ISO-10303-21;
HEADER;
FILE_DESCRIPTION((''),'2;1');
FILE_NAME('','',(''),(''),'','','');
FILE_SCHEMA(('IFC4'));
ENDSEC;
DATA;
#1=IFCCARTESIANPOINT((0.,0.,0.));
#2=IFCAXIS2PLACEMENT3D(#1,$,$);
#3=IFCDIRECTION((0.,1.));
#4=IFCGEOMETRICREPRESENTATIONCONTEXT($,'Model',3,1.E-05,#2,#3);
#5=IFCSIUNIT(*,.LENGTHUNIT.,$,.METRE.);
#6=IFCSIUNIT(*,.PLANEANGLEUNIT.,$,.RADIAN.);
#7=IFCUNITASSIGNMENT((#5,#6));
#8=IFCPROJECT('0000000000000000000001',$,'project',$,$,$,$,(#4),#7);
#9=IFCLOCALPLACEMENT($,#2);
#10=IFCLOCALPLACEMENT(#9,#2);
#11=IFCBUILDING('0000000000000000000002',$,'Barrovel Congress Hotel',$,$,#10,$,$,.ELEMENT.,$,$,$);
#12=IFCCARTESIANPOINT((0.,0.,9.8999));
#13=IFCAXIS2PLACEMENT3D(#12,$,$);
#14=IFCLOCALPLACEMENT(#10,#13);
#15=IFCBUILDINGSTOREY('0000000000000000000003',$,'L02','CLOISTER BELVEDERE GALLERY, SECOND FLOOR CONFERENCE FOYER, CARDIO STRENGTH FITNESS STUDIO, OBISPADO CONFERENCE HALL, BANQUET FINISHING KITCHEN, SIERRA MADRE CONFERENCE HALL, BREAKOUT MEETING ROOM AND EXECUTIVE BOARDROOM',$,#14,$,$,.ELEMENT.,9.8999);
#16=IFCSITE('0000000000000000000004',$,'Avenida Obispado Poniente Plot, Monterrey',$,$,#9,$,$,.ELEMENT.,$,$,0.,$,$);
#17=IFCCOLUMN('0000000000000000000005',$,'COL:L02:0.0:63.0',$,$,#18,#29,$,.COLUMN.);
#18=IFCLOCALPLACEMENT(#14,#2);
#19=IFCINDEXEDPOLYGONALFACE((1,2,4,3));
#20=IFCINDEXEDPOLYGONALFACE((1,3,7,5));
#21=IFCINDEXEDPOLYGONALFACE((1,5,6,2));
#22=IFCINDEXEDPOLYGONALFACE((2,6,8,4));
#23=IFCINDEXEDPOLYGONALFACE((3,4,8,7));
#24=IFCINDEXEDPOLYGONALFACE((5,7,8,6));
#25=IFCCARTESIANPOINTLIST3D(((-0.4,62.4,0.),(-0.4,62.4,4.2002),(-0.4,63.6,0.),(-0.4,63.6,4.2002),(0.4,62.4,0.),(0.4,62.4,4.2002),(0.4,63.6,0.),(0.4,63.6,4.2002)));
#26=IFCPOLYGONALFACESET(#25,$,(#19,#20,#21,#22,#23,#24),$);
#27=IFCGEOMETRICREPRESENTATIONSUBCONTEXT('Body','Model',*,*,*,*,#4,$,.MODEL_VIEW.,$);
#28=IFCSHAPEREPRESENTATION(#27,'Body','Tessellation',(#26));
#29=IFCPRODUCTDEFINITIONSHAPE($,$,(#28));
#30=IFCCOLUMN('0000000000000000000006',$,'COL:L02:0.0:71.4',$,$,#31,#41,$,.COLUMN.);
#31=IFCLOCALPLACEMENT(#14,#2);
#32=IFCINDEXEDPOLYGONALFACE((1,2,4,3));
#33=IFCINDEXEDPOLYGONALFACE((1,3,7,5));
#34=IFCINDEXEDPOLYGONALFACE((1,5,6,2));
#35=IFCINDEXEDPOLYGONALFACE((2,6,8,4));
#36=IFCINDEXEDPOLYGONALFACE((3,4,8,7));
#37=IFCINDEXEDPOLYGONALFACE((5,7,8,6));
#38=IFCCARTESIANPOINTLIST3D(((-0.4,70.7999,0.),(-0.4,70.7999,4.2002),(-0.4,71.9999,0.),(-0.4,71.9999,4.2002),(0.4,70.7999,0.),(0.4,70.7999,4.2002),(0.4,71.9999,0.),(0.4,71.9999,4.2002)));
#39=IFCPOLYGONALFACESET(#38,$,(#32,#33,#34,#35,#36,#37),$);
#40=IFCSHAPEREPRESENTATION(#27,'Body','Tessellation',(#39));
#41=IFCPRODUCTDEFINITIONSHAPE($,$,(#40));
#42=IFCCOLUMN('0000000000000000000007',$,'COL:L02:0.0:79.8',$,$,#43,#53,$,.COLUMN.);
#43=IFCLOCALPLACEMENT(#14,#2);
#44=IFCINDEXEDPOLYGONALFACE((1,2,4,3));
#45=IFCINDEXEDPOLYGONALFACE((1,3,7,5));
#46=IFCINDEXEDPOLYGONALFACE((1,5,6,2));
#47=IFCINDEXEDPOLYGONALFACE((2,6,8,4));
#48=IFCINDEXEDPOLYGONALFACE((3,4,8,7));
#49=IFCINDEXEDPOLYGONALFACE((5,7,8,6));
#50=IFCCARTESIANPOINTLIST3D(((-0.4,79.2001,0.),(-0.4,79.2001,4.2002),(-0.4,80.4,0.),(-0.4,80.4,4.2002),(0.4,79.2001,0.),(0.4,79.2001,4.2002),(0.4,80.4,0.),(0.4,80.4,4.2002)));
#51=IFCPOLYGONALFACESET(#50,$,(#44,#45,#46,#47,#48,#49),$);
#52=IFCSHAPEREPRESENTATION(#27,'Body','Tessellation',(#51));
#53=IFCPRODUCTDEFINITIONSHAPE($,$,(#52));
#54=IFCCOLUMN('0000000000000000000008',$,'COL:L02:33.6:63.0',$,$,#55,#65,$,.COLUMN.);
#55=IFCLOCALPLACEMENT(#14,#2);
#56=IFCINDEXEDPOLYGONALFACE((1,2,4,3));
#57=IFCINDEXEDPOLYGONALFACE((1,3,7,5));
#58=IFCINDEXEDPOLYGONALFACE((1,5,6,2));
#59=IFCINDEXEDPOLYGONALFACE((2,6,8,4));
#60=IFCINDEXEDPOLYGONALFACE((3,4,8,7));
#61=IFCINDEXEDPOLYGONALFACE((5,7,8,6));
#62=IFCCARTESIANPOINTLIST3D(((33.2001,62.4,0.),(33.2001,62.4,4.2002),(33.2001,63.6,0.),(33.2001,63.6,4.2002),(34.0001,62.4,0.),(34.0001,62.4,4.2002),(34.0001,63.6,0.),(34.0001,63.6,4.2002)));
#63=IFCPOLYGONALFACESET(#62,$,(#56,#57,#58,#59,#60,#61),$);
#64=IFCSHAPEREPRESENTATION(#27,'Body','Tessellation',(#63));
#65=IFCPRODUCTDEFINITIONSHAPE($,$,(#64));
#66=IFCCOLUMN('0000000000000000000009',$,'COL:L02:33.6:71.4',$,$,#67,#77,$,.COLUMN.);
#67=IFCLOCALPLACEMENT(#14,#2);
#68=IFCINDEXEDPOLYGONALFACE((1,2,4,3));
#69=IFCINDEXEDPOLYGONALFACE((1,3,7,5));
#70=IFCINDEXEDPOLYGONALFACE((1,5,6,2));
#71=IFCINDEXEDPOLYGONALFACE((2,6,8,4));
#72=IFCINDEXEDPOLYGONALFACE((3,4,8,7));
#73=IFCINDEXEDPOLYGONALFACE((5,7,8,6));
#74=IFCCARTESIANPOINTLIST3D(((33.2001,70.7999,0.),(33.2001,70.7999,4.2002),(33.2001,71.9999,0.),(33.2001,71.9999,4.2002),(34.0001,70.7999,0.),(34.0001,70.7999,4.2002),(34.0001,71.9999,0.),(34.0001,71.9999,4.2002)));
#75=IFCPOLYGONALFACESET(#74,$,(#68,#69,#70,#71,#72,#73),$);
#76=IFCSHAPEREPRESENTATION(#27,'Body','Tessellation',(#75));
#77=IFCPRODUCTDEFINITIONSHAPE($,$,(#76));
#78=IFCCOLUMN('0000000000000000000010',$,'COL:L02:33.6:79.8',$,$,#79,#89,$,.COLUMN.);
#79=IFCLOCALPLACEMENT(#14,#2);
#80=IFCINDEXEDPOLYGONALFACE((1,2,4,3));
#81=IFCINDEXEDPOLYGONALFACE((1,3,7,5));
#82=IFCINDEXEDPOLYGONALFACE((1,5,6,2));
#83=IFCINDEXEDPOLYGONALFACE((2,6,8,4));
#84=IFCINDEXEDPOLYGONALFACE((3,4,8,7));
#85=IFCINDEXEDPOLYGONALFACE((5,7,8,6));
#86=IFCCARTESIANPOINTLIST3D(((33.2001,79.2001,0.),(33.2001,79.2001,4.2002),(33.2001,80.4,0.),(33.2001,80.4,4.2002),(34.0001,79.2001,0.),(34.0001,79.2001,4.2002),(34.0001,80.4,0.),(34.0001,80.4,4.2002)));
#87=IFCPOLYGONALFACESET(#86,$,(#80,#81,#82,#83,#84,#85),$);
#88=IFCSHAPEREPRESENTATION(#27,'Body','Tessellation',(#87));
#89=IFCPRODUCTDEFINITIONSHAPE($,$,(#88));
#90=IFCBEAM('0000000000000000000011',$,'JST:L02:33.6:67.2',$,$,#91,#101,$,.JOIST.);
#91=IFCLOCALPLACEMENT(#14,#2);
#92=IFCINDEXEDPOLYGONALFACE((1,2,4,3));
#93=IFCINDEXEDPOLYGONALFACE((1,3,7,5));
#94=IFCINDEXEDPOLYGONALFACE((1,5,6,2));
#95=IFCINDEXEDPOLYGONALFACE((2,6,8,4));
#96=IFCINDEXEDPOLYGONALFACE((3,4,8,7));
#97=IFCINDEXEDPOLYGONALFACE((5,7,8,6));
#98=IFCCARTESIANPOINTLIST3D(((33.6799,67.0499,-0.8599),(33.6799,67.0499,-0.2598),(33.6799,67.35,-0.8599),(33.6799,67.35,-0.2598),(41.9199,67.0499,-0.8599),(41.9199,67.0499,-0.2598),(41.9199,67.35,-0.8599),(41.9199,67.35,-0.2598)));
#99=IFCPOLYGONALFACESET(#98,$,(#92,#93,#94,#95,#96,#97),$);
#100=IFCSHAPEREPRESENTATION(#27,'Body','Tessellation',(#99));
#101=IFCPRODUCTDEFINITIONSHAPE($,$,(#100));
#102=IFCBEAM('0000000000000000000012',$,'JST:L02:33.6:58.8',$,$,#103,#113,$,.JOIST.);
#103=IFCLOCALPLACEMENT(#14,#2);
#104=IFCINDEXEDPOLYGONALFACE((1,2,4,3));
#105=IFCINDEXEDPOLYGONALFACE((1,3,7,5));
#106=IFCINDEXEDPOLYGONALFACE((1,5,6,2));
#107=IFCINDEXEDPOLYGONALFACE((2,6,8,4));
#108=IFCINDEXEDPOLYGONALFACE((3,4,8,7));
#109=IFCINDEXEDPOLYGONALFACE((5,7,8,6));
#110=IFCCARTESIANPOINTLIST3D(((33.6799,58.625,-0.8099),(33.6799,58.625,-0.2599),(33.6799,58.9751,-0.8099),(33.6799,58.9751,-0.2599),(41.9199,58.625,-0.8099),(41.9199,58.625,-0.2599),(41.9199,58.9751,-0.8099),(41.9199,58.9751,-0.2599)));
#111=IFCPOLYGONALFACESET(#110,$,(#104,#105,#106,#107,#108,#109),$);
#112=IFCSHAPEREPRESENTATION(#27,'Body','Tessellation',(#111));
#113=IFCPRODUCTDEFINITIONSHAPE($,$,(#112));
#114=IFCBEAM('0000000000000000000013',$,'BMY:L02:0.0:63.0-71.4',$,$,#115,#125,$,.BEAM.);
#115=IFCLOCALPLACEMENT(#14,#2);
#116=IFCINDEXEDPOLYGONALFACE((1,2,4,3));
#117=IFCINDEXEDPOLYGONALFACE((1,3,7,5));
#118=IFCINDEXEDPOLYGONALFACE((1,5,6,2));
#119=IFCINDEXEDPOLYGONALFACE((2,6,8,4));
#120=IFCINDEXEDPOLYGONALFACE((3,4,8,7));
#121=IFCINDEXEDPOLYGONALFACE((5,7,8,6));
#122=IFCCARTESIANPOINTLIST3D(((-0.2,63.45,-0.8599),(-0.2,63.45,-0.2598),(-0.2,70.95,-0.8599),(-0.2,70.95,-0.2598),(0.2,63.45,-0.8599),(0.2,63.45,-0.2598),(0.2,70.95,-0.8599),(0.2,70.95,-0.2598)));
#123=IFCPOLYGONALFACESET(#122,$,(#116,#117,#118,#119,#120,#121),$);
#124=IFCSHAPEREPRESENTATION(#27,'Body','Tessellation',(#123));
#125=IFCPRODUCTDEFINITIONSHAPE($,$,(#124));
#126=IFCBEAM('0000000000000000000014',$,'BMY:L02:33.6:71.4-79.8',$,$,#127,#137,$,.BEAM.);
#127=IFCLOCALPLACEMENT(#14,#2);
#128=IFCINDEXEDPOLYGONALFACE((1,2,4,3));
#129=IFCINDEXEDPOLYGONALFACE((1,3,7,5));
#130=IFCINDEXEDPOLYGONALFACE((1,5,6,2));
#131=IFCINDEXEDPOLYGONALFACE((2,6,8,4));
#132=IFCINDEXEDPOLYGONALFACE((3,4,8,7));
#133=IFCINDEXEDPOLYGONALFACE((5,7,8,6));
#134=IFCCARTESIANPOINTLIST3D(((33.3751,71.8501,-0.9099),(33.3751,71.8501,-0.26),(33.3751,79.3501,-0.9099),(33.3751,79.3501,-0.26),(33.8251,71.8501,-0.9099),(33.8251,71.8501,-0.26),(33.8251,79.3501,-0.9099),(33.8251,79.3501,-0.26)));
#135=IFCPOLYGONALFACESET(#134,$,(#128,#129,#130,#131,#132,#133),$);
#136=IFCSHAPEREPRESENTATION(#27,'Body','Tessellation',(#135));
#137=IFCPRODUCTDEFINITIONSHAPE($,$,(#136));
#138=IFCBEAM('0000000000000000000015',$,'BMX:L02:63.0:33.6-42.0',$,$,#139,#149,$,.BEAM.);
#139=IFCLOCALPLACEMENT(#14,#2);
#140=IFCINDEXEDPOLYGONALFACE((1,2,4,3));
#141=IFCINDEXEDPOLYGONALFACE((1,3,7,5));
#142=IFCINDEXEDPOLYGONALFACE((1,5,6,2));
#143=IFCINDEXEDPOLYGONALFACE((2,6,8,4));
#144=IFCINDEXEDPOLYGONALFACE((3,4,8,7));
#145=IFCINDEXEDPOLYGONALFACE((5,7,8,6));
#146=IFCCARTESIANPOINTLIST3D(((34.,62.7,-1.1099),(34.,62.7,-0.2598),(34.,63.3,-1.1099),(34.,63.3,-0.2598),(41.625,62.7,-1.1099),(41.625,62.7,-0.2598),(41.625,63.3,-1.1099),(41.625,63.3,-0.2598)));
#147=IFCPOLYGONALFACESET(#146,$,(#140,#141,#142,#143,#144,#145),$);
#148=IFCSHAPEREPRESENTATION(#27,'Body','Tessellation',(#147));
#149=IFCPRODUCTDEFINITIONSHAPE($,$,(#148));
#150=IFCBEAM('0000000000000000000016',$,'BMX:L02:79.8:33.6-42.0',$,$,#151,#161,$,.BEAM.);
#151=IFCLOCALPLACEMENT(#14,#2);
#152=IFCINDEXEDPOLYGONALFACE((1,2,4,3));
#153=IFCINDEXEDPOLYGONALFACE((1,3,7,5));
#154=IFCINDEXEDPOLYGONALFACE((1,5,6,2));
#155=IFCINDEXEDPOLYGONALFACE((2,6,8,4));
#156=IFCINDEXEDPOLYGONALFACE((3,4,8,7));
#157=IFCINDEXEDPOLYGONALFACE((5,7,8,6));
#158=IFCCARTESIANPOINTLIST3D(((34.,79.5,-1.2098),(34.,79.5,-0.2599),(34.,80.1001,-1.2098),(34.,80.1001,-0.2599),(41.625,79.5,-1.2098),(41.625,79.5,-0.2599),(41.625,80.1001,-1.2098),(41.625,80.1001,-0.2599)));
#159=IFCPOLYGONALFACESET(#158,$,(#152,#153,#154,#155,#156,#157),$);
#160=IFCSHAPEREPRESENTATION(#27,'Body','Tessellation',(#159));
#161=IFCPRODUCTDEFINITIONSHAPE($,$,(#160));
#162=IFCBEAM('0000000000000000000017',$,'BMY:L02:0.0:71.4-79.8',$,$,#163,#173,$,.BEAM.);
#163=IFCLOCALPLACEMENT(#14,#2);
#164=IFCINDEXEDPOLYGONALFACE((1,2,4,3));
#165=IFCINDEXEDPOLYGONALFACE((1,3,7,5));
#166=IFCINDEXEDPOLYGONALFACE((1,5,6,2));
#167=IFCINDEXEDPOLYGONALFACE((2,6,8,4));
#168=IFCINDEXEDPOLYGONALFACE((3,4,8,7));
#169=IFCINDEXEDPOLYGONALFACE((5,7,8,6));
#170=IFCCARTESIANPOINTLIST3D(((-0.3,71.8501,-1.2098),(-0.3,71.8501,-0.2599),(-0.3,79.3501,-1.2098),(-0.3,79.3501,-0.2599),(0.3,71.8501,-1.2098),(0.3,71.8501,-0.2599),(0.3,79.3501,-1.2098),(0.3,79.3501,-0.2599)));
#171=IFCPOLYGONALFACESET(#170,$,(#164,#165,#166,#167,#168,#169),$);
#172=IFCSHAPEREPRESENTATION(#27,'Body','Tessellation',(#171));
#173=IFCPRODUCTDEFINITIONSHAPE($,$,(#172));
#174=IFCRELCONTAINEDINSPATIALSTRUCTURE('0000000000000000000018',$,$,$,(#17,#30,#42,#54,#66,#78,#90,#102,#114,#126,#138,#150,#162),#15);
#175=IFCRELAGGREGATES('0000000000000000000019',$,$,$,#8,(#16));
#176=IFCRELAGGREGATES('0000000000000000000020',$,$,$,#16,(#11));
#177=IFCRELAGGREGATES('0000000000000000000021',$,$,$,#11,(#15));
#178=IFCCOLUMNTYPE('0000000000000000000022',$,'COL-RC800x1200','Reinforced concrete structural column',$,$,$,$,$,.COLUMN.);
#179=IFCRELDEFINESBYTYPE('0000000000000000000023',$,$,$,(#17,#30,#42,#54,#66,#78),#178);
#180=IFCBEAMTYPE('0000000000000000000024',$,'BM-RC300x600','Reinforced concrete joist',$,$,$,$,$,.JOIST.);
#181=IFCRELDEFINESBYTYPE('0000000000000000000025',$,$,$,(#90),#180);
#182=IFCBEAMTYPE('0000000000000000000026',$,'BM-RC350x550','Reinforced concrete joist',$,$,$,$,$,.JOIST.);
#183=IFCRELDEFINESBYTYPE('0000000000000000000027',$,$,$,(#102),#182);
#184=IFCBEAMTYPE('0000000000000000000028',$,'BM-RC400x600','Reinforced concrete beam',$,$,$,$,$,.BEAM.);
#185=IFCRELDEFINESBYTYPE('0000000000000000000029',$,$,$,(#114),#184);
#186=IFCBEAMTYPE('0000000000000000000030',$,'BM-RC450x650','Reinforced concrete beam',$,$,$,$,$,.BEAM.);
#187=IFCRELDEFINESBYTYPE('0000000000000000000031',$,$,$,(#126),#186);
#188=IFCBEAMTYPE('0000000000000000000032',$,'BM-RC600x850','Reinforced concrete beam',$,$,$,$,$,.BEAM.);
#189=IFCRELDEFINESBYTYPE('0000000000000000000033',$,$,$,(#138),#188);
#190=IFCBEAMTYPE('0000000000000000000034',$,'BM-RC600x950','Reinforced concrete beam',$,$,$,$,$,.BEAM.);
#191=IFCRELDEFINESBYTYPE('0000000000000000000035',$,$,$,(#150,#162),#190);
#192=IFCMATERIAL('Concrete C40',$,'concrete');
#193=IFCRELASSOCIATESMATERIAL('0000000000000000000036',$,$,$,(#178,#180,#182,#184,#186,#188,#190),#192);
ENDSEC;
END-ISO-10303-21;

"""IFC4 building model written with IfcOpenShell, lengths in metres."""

from ifc_helpers import new_model, si_unit, direction, frame, origin, origin_2d, place, context, subcontext, project, spatial, rectangle, extrude, material, material_profile, profile_set, type_object, element, save


model = new_model("IFC4")

# Units and contexts
model_context = context("Model", 3, precision=1e-05, world=origin(), true_north=direction((0.0, 1.0)))
body_context = subcontext(model_context, "Body", "Model", "MODEL_VIEW")
ifc_project = project(units=[si_unit("LENGTHUNIT", "METRE"), si_unit("PLANEANGLEUNIT", "RADIAN")], contexts=[model_context])

# Site, building, storey
site_placement = place(None, origin())
site = spatial("IfcSite", under=ifc_project, at=site_placement, Name="Avenida Obispado Poniente Plot, Monterrey", CompositionType="ELEMENT", RefElevation=0.0)
building_placement = place(site_placement, origin())
building = spatial("IfcBuilding", under=site, at=building_placement, Name="Barrovel Congress Hotel", CompositionType="ELEMENT")
storey_placement = place(building_placement, frame((0.0, 0.0, 9.8999)))
storey = spatial("IfcBuildingStorey", under=building, at=storey_placement, Name="L02", Description="CLOISTER BELVEDERE GALLERY, SECOND FLOOR CONFERENCE FOYER, CARDIO STRENGTH FITNESS STUDIO, OBISPADO CONFERENCE HALL, BANQUET FINISHING KITCHEN, SIERRA MADRE CONFERENCE HALL, BREAKOUT MEETING ROOM AND EXECUTIVE BOARDROOM", CompositionType="ELEMENT", Elevation=9.8999)

# Columns
ifc_material_1 = material(Name="Concrete C40", Category="concrete")
ifc_material_profile_1 = material_profile(ifc_material_1, rectangle(XDim=0.8, YDim=1.2, at=origin_2d()), Name="RC800x1200")
ifc_profile_set_1 = profile_set([ifc_material_profile_1], Name="Concrete C40")
column_type = type_object("IfcColumnType", Name="COL-RC800x1200", Description="Reinforced concrete structural column", PredefinedType="COLUMN", material=ifc_profile_set_1)
for number, where, z_axis, x_axis, name in (
    (1, (0.0, 63.0, 0.0), (0.0, 0.0, 1.0), (1.0, 0.0, 0.0), "COL:L02:0.0:63.0"),
    (2, (0.0, 71.3999, 0.0), (0.0, 0.0, 1.0), (1.0, 0.0, 0.0), "COL:L02:0.0:71.4"),
    (3, (0.0, 79.8, 0.0), (0.0, 0.0, 1.0), (1.0, 0.0, 0.0), "COL:L02:0.0:79.8"),
    (4, (33.6001, 63.0, 0.0), (0.0, 0.0, 1.0), (1.0, 0.0, 0.0), "COL:L02:33.6:63.0"),
    (5, (33.6001, 71.3999, 0.0), (0.0, 0.0, 1.0), (1.0, 0.0, 0.0), "COL:L02:33.6:71.4"),
    (6, (33.6001, 79.8, 0.0), (0.0, 0.0, 1.0), (1.0, 0.0, 0.0), "COL:L02:33.6:79.8"),
):
    element("IfcColumn", number, at=place(storey_placement, frame(where, z_axis=z_axis, x_axis=x_axis)), inside=storey, type_object=column_type, Name=name, PredefinedType="COLUMN", context=body_context, shape_type="SweptSolid", body=[
        extrude(rectangle(XDim=0.8, YDim=1.2, at=origin_2d()), origin(), (0.0, 0.0, 1.0), 4.2002),
    ])

# Beams
ifc_material_profile_2 = material_profile(ifc_material_1, rectangle(XDim=0.3, YDim=0.6001, at=origin_2d()), Name="RC300x600")
ifc_profile_set_2 = profile_set([ifc_material_profile_2], Name="Concrete C40")
beam_type_1 = type_object("IfcBeamType", Name="BM-RC300x600", Description="Reinforced concrete joist", PredefinedType="JOIST", material=ifc_profile_set_2)
beam_1_placement = place(storey_placement, frame((33.6799, 67.2, -0.5598), z_axis=(1.0, 0.0, 0.0), x_axis=(0.0, 1.0, 0.0)))
element("IfcBeam", 7, at=beam_1_placement, inside=storey, type_object=beam_type_1, Name="JST:L02:33.6:67.2", PredefinedType="JOIST", context=body_context, shape_type="SweptSolid", body=[
    extrude(rectangle(XDim=0.3, YDim=0.6001, at=origin_2d()), origin(), (0.0, 0.0, 1.0), 8.24),
])
ifc_material_profile_3 = material_profile(ifc_material_1, rectangle(XDim=0.3501, YDim=0.55, at=origin_2d()), Name="RC350x550")
ifc_profile_set_3 = profile_set([ifc_material_profile_3], Name="Concrete C40")
beam_type_2 = type_object("IfcBeamType", Name="BM-RC350x550", Description="Reinforced concrete joist", PredefinedType="JOIST", material=ifc_profile_set_3)
beam_2_placement = place(storey_placement, frame((33.6799, 58.8, -0.5349), z_axis=(1.0, 0.0, 0.0), x_axis=(0.0, 1.0, 0.0)))
element("IfcBeam", 8, at=beam_2_placement, inside=storey, type_object=beam_type_2, Name="JST:L02:33.6:58.8", PredefinedType="JOIST", context=body_context, shape_type="SweptSolid", body=[
    extrude(rectangle(XDim=0.3501, YDim=0.55, at=origin_2d()), origin(), (0.0, 0.0, 1.0), 8.24),
])
ifc_material_profile_4 = material_profile(ifc_material_1, rectangle(XDim=0.3999, YDim=0.6001, at=origin_2d()), Name="RC400x600")
ifc_profile_set_4 = profile_set([ifc_material_profile_4], Name="Concrete C40")
beam_type_3 = type_object("IfcBeamType", Name="BM-RC400x600", Description="Reinforced concrete beam", PredefinedType="BEAM", material=ifc_profile_set_4)
beam_3_placement = place(storey_placement, frame((0.0, 63.45, -0.5598), z_axis=(0.0, 1.0, 0.0), x_axis=(-1.0, 0.0, 0.0)))
element("IfcBeam", 9, at=beam_3_placement, inside=storey, type_object=beam_type_3, Name="BMY:L02:0.0:63.0-71.4", PredefinedType="BEAM", context=body_context, shape_type="SweptSolid", body=[
    extrude(rectangle(XDim=0.3999, YDim=0.6001, at=origin_2d()), origin(), (0.0, 0.0, 1.0), 7.5),
])
ifc_material_profile_5 = material_profile(ifc_material_1, rectangle(XDim=0.45, YDim=0.6499, at=origin_2d()), Name="RC450x650")
ifc_profile_set_5 = profile_set([ifc_material_profile_5], Name="Concrete C40")
beam_type_4 = type_object("IfcBeamType", Name="BM-RC450x650", Description="Reinforced concrete beam", PredefinedType="BEAM", material=ifc_profile_set_5)
beam_4_placement = place(storey_placement, frame((33.6001, 71.8501, -0.585), z_axis=(0.0, 1.0, 0.0), x_axis=(-1.0, 0.0, 0.0)))
element("IfcBeam", 10, at=beam_4_placement, inside=storey, type_object=beam_type_4, Name="BMY:L02:33.6:71.4-79.8", PredefinedType="BEAM", context=body_context, shape_type="SweptSolid", body=[
    extrude(rectangle(XDim=0.45, YDim=0.6499, at=origin_2d()), origin(), (0.0, 0.0, 1.0), 7.5),
])
ifc_material_profile_6 = material_profile(ifc_material_1, rectangle(XDim=0.6001, YDim=0.8501, at=origin_2d()), Name="RC600x850")
ifc_profile_set_6 = profile_set([ifc_material_profile_6], Name="Concrete C40")
beam_type_5 = type_object("IfcBeamType", Name="BM-RC600x850", Description="Reinforced concrete beam", PredefinedType="BEAM", material=ifc_profile_set_6)
beam_5_placement = place(storey_placement, frame((34.0, 63.0, -0.6848), z_axis=(1.0, 0.0, 0.0), x_axis=(0.0, 1.0, 0.0)))
element("IfcBeam", 11, at=beam_5_placement, inside=storey, type_object=beam_type_5, Name="BMX:L02:63.0:33.6-42.0", PredefinedType="BEAM", context=body_context, shape_type="SweptSolid", body=[
    extrude(rectangle(XDim=0.6001, YDim=0.8501, at=origin_2d()), origin(), (0.0, 0.0, 1.0), 7.625),
])
ifc_material_profile_7 = material_profile(ifc_material_1, rectangle(XDim=0.6001, YDim=0.95, at=origin_2d()), Name="RC600x950")
ifc_profile_set_7 = profile_set([ifc_material_profile_7], Name="Concrete C40")
beam_type_6 = type_object("IfcBeamType", Name="BM-RC600x950", Description="Reinforced concrete beam", PredefinedType="BEAM", material=ifc_profile_set_7)
beam_6_placement = place(storey_placement, frame((34.0, 79.8, -0.7349), z_axis=(1.0, 0.0, 0.0), x_axis=(0.0, 1.0, 0.0)))
element("IfcBeam", 12, at=beam_6_placement, inside=storey, type_object=beam_type_6, Name="BMX:L02:79.8:33.6-42.0", PredefinedType="BEAM", context=body_context, shape_type="SweptSolid", body=[
    extrude(rectangle(XDim=0.6001, YDim=0.95, at=origin_2d()), origin(), (0.0, 0.0, 1.0), 7.625),
])
beam_7_placement = place(storey_placement, frame((0.0, 71.8501, -0.7349), z_axis=(0.0, 1.0, 0.0), x_axis=(-1.0, 0.0, 0.0)))
element("IfcBeam", 13, at=beam_7_placement, inside=storey, type_object=beam_type_6, Name="BMY:L02:0.0:71.4-79.8", PredefinedType="BEAM", context=body_context, shape_type="SweptSolid", body=[
    extrude(rectangle(XDim=0.6001, YDim=0.95, at=origin_2d()), origin(), (0.0, 0.0, 1.0), 7.5),
])

save(model, "model.ifc")
